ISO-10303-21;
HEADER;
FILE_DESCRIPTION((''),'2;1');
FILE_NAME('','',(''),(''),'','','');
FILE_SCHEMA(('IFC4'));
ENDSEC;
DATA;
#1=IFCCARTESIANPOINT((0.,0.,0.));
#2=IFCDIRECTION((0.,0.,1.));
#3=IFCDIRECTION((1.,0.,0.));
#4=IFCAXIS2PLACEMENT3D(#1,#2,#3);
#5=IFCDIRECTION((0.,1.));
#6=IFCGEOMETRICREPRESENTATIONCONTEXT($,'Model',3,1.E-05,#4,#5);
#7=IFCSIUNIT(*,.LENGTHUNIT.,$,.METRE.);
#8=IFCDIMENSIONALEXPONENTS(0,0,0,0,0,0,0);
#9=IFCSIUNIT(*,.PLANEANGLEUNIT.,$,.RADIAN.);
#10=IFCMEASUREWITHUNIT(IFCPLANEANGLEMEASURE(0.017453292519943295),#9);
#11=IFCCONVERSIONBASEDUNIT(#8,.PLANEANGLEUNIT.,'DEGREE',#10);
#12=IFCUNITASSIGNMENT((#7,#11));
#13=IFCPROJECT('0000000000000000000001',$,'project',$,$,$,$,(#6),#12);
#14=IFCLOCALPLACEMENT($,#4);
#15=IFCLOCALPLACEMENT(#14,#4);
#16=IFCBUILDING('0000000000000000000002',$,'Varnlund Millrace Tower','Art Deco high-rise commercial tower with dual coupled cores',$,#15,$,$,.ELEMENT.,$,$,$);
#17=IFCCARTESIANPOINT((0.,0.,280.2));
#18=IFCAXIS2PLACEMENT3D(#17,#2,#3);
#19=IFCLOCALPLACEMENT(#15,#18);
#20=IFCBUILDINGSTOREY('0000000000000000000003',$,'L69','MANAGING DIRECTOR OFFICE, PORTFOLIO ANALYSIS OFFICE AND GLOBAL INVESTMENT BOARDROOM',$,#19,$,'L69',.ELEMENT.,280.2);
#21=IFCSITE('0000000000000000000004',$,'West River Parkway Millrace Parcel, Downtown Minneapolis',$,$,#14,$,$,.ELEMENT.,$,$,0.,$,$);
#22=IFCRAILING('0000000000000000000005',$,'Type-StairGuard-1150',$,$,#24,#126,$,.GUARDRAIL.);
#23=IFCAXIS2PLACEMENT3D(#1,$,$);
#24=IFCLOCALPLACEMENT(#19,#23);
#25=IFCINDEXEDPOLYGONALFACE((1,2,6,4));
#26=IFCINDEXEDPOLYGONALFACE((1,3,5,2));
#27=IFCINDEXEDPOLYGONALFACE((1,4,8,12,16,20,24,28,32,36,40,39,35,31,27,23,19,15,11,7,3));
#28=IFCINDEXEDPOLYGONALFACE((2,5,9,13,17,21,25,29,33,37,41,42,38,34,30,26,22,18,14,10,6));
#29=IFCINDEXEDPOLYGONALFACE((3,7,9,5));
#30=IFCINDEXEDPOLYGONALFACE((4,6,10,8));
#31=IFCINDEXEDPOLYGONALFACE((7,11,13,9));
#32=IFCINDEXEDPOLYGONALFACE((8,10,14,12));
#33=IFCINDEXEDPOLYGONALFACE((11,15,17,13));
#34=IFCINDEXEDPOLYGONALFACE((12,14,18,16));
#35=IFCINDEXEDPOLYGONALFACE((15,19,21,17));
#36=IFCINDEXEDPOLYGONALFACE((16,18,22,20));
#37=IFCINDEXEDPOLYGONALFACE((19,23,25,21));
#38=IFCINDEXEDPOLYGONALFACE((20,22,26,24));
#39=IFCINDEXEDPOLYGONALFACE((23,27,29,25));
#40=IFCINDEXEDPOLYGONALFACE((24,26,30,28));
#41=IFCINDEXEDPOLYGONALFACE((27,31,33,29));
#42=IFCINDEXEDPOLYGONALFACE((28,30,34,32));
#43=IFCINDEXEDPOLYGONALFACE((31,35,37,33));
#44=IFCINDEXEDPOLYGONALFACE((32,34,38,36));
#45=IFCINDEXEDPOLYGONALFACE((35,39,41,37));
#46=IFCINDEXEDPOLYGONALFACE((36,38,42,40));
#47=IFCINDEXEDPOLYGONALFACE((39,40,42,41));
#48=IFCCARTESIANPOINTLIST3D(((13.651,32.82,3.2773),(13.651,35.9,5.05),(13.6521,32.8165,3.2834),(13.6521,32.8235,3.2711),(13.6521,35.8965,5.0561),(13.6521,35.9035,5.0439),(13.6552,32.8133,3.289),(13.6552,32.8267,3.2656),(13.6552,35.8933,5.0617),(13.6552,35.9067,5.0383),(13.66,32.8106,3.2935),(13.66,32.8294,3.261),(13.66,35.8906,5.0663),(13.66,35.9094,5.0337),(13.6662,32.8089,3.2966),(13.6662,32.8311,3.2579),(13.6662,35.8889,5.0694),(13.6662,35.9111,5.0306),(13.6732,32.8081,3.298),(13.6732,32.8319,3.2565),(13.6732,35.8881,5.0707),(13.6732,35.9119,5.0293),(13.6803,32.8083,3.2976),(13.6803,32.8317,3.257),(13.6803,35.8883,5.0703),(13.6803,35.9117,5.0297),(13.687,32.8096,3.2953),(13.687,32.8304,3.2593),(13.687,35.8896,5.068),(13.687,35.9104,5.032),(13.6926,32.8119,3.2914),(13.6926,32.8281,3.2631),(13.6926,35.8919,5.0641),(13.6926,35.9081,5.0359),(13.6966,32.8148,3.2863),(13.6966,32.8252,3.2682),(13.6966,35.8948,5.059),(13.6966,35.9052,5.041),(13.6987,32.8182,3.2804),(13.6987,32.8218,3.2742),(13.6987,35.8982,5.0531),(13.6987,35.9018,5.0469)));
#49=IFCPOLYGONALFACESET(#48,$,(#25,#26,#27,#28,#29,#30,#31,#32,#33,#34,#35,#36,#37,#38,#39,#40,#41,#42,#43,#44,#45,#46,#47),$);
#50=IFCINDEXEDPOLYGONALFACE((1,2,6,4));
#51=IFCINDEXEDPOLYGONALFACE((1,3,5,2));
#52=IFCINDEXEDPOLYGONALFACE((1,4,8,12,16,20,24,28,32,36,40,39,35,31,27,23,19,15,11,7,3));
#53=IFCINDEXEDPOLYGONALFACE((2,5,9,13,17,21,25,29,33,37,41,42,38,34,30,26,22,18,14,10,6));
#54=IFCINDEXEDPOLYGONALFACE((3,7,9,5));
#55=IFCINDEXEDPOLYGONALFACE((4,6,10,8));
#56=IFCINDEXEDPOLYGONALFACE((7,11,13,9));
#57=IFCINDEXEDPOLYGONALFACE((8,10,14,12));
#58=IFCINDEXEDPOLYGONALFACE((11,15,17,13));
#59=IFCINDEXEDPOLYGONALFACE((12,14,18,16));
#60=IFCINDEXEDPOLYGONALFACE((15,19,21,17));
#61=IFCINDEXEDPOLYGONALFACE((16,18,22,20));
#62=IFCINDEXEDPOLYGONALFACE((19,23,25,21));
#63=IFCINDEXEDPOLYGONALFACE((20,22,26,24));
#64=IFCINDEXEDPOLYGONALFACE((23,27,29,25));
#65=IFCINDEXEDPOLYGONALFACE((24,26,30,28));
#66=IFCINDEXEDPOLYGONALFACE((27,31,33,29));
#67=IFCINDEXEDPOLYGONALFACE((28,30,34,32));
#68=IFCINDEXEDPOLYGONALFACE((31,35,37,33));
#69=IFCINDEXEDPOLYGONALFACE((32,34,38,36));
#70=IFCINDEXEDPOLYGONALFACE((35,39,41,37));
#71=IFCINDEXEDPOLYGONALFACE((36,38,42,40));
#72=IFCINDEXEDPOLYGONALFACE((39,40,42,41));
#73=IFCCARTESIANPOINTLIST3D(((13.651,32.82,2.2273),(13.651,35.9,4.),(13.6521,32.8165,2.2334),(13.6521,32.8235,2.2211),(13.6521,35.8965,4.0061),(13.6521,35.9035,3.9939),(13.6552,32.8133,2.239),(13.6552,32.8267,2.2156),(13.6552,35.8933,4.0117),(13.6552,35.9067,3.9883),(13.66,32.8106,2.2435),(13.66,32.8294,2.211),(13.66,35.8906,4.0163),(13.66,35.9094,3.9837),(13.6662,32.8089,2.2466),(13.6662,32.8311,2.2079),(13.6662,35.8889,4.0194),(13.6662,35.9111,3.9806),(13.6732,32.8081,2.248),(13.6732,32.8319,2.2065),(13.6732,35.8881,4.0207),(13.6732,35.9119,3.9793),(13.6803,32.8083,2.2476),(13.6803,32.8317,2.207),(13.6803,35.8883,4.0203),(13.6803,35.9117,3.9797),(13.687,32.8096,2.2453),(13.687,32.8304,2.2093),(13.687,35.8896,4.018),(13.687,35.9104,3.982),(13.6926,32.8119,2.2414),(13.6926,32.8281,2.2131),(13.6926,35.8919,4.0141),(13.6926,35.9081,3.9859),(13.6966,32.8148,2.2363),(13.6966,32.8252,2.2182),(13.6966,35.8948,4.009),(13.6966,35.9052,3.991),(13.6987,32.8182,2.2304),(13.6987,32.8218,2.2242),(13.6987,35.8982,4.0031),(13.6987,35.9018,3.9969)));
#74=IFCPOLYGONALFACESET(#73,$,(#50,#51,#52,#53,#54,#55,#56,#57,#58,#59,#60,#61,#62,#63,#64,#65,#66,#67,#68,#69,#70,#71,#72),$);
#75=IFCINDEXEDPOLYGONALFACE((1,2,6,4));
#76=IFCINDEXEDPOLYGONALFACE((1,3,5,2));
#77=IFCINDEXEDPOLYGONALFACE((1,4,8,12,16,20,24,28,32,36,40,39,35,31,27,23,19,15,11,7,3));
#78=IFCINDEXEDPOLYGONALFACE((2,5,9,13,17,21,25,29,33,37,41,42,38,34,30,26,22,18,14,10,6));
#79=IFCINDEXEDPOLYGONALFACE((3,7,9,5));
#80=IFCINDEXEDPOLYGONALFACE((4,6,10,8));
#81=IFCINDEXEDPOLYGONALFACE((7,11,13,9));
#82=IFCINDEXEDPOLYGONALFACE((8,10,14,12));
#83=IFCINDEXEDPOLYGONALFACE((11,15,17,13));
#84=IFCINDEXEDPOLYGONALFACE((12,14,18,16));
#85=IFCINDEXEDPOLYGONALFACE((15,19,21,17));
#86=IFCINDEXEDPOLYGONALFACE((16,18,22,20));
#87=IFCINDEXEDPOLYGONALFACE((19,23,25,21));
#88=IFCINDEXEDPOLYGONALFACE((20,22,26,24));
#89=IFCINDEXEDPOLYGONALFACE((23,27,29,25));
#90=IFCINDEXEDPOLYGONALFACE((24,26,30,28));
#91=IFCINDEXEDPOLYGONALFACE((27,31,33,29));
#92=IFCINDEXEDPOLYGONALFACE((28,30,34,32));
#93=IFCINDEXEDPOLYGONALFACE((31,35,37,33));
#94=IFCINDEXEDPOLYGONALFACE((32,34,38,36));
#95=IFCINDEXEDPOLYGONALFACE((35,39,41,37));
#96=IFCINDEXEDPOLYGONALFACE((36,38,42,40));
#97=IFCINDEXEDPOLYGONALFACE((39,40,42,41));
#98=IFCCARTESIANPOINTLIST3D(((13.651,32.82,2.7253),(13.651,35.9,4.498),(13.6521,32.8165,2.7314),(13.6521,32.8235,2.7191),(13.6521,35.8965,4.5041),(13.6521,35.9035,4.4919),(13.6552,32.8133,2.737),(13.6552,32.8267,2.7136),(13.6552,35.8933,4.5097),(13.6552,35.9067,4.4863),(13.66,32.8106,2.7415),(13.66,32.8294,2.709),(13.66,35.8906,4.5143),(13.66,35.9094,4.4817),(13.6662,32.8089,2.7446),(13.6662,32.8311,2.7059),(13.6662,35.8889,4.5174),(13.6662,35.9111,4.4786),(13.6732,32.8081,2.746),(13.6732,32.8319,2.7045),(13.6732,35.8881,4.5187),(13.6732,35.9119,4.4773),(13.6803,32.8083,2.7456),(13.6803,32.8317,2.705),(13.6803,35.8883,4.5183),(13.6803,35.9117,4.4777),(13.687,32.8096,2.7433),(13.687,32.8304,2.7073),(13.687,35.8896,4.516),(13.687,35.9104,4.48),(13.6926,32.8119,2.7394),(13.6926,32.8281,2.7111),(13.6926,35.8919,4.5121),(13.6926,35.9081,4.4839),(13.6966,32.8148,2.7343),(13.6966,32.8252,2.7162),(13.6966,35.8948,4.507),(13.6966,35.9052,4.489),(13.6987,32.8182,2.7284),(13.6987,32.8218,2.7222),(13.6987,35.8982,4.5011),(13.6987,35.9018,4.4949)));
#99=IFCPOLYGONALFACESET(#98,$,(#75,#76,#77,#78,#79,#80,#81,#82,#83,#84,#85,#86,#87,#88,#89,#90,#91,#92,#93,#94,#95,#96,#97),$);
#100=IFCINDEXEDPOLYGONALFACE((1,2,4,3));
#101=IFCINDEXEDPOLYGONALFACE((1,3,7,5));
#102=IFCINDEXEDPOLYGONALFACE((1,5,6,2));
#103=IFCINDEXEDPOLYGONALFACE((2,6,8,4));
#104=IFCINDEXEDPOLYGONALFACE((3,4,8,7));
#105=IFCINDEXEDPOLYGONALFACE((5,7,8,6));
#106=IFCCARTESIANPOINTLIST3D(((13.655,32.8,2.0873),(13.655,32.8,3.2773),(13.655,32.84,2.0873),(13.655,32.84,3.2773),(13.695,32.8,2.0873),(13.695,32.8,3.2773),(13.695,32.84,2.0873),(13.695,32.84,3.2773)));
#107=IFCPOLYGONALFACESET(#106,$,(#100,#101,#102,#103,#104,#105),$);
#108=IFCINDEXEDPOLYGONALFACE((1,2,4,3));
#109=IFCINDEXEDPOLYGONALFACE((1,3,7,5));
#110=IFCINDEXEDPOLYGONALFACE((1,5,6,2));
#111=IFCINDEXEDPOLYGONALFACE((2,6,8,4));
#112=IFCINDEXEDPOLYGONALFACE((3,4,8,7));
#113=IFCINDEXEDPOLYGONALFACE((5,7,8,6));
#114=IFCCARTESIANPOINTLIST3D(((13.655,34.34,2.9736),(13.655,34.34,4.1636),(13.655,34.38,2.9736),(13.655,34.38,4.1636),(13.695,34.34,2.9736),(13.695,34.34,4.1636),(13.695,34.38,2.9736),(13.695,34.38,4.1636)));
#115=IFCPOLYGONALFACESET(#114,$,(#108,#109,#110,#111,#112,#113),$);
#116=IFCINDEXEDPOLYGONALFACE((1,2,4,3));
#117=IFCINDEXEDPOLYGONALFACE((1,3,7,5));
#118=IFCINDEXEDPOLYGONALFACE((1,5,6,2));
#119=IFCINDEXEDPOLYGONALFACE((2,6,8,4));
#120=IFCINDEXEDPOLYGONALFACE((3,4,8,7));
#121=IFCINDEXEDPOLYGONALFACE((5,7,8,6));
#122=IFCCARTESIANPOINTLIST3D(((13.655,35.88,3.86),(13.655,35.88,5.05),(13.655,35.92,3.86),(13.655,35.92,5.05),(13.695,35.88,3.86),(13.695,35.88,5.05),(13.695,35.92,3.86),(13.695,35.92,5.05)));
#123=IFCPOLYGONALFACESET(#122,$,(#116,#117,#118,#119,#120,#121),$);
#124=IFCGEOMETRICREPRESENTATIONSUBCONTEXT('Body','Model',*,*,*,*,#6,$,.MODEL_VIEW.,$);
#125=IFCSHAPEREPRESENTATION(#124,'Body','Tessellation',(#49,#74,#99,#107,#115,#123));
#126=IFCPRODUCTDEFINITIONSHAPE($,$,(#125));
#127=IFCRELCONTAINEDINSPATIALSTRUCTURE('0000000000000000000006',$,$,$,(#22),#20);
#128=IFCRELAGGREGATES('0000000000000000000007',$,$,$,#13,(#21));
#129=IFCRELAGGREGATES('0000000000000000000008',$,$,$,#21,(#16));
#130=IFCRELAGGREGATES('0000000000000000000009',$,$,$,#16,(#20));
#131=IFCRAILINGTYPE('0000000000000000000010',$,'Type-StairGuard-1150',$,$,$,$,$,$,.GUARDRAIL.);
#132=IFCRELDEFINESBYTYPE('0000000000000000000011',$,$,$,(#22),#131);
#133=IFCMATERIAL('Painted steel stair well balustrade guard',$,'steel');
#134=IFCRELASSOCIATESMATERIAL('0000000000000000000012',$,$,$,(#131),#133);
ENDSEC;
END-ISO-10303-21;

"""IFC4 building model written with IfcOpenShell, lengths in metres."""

from ifc_helpers import new_model, entity, si_unit, converted_unit, direction, frame, origin_with_axes, origin_2d_with_axis, place, context, subcontext, project, spatial, rectangle, circle, extrude, material, type_object, element, save


model = new_model("IFC4")

# Units and contexts
model_context = context("Model", 3, precision=1e-05, world=origin_with_axes(), true_north=direction((0.0, 1.0)))
body_context = subcontext(model_context, "Body", "Model", "MODEL_VIEW")
ifc_project = project(units=[si_unit("LENGTHUNIT", "METRE"), converted_unit("PLANEANGLEUNIT", "DEGREE", entity("IfcPlaneAngleMeasure", 0.017453292519943295), si_unit("PLANEANGLEUNIT", "RADIAN"), dimensions=[0, 0, 0, 0, 0, 0, 0])], contexts=[model_context])

# Site, building, storey
site_placement = place(None, origin_with_axes())
site = spatial("IfcSite", under=ifc_project, at=site_placement, Name="West River Parkway Millrace Parcel, Downtown Minneapolis", CompositionType="ELEMENT", RefElevation=0.0)
building_placement = place(site_placement, origin_with_axes())
building = spatial("IfcBuilding", under=site, at=building_placement, Name="Varnlund Millrace Tower", Description="Art Deco high-rise commercial tower with dual coupled cores", CompositionType="ELEMENT")
storey_placement = place(building_placement, frame((0.0, 0.0, 280.2), z_axis=(0.0, 0.0, 1.0), x_axis=(1.0, 0.0, 0.0)))
storey = spatial("IfcBuildingStorey", under=building, at=storey_placement, Name="L69", Description="MANAGING DIRECTOR OFFICE, PORTFOLIO ANALYSIS OFFICE AND GLOBAL INVESTMENT BOARDROOM", LongName="L69", CompositionType="ELEMENT", Elevation=280.2)

# Railing
ifc_material_1 = material(Name="Painted steel stair well balustrade guard", Category="steel")
railing_type_1 = type_object("IfcRailingType", Name="Type-StairGuard-1150", PredefinedType="GUARDRAIL", material=ifc_material_1)
railing_1_placement = place(storey_placement, frame((0.0, 0.0, -280.2), z_axis=(0.0, 0.0, 1.0), x_axis=(1.0, 0.0, 0.0)))
element("IfcRailing", 1, at=railing_1_placement, inside=storey, type_object=railing_type_1, Name="Type-StairGuard-1150", PredefinedType="GUARDRAIL", context=body_context, shape_type="SweptSolid", body=[
    extrude(circle(Radius=0.024, at=origin_2d_with_axis()), frame((13.675, 32.82, 283.4773), z_axis=(0.0, 0.866696, 0.498836), x_axis=(-1.0, 0.0, 0.0)), (0.0, 0.0, 1.0), 3.5537),
    extrude(circle(Radius=0.024, at=origin_2d_with_axis()), frame((13.675, 32.82, 282.4273), z_axis=(0.0, 0.866696, 0.498836), x_axis=(-1.0, 0.0, 0.0)), (0.0, 0.0, 1.0), 3.5537),
    extrude(circle(Radius=0.024, at=origin_2d_with_axis()), frame((13.675, 32.82, 282.9253), z_axis=(0.0, 0.866696, 0.498836), x_axis=(-1.0, 0.0, 0.0)), (0.0, 0.0, 1.0), 3.5537),
    extrude(rectangle(XDim=0.04, YDim=0.04, at=origin_2d_with_axis()), frame((13.675, 32.82, 282.2873), z_axis=(0.0, 0.0, 1.0), x_axis=(1.0, 0.0, 0.0)), (0.0, 0.0, 1.0), 1.19),
    extrude(rectangle(XDim=0.04, YDim=0.04, at=origin_2d_with_axis()), frame((13.675, 34.36, 283.1736), z_axis=(0.0, 0.0, 1.0), x_axis=(1.0, 0.0, 0.0)), (0.0, 0.0, 1.0), 1.19),
    extrude(rectangle(XDim=0.04, YDim=0.04, at=origin_2d_with_axis()), frame((13.675, 35.9, 284.06), z_axis=(0.0, 0.0, 1.0), x_axis=(1.0, 0.0, 0.0)), (0.0, 0.0, 1.0), 1.19),
])

save(model, "model.ifc")
